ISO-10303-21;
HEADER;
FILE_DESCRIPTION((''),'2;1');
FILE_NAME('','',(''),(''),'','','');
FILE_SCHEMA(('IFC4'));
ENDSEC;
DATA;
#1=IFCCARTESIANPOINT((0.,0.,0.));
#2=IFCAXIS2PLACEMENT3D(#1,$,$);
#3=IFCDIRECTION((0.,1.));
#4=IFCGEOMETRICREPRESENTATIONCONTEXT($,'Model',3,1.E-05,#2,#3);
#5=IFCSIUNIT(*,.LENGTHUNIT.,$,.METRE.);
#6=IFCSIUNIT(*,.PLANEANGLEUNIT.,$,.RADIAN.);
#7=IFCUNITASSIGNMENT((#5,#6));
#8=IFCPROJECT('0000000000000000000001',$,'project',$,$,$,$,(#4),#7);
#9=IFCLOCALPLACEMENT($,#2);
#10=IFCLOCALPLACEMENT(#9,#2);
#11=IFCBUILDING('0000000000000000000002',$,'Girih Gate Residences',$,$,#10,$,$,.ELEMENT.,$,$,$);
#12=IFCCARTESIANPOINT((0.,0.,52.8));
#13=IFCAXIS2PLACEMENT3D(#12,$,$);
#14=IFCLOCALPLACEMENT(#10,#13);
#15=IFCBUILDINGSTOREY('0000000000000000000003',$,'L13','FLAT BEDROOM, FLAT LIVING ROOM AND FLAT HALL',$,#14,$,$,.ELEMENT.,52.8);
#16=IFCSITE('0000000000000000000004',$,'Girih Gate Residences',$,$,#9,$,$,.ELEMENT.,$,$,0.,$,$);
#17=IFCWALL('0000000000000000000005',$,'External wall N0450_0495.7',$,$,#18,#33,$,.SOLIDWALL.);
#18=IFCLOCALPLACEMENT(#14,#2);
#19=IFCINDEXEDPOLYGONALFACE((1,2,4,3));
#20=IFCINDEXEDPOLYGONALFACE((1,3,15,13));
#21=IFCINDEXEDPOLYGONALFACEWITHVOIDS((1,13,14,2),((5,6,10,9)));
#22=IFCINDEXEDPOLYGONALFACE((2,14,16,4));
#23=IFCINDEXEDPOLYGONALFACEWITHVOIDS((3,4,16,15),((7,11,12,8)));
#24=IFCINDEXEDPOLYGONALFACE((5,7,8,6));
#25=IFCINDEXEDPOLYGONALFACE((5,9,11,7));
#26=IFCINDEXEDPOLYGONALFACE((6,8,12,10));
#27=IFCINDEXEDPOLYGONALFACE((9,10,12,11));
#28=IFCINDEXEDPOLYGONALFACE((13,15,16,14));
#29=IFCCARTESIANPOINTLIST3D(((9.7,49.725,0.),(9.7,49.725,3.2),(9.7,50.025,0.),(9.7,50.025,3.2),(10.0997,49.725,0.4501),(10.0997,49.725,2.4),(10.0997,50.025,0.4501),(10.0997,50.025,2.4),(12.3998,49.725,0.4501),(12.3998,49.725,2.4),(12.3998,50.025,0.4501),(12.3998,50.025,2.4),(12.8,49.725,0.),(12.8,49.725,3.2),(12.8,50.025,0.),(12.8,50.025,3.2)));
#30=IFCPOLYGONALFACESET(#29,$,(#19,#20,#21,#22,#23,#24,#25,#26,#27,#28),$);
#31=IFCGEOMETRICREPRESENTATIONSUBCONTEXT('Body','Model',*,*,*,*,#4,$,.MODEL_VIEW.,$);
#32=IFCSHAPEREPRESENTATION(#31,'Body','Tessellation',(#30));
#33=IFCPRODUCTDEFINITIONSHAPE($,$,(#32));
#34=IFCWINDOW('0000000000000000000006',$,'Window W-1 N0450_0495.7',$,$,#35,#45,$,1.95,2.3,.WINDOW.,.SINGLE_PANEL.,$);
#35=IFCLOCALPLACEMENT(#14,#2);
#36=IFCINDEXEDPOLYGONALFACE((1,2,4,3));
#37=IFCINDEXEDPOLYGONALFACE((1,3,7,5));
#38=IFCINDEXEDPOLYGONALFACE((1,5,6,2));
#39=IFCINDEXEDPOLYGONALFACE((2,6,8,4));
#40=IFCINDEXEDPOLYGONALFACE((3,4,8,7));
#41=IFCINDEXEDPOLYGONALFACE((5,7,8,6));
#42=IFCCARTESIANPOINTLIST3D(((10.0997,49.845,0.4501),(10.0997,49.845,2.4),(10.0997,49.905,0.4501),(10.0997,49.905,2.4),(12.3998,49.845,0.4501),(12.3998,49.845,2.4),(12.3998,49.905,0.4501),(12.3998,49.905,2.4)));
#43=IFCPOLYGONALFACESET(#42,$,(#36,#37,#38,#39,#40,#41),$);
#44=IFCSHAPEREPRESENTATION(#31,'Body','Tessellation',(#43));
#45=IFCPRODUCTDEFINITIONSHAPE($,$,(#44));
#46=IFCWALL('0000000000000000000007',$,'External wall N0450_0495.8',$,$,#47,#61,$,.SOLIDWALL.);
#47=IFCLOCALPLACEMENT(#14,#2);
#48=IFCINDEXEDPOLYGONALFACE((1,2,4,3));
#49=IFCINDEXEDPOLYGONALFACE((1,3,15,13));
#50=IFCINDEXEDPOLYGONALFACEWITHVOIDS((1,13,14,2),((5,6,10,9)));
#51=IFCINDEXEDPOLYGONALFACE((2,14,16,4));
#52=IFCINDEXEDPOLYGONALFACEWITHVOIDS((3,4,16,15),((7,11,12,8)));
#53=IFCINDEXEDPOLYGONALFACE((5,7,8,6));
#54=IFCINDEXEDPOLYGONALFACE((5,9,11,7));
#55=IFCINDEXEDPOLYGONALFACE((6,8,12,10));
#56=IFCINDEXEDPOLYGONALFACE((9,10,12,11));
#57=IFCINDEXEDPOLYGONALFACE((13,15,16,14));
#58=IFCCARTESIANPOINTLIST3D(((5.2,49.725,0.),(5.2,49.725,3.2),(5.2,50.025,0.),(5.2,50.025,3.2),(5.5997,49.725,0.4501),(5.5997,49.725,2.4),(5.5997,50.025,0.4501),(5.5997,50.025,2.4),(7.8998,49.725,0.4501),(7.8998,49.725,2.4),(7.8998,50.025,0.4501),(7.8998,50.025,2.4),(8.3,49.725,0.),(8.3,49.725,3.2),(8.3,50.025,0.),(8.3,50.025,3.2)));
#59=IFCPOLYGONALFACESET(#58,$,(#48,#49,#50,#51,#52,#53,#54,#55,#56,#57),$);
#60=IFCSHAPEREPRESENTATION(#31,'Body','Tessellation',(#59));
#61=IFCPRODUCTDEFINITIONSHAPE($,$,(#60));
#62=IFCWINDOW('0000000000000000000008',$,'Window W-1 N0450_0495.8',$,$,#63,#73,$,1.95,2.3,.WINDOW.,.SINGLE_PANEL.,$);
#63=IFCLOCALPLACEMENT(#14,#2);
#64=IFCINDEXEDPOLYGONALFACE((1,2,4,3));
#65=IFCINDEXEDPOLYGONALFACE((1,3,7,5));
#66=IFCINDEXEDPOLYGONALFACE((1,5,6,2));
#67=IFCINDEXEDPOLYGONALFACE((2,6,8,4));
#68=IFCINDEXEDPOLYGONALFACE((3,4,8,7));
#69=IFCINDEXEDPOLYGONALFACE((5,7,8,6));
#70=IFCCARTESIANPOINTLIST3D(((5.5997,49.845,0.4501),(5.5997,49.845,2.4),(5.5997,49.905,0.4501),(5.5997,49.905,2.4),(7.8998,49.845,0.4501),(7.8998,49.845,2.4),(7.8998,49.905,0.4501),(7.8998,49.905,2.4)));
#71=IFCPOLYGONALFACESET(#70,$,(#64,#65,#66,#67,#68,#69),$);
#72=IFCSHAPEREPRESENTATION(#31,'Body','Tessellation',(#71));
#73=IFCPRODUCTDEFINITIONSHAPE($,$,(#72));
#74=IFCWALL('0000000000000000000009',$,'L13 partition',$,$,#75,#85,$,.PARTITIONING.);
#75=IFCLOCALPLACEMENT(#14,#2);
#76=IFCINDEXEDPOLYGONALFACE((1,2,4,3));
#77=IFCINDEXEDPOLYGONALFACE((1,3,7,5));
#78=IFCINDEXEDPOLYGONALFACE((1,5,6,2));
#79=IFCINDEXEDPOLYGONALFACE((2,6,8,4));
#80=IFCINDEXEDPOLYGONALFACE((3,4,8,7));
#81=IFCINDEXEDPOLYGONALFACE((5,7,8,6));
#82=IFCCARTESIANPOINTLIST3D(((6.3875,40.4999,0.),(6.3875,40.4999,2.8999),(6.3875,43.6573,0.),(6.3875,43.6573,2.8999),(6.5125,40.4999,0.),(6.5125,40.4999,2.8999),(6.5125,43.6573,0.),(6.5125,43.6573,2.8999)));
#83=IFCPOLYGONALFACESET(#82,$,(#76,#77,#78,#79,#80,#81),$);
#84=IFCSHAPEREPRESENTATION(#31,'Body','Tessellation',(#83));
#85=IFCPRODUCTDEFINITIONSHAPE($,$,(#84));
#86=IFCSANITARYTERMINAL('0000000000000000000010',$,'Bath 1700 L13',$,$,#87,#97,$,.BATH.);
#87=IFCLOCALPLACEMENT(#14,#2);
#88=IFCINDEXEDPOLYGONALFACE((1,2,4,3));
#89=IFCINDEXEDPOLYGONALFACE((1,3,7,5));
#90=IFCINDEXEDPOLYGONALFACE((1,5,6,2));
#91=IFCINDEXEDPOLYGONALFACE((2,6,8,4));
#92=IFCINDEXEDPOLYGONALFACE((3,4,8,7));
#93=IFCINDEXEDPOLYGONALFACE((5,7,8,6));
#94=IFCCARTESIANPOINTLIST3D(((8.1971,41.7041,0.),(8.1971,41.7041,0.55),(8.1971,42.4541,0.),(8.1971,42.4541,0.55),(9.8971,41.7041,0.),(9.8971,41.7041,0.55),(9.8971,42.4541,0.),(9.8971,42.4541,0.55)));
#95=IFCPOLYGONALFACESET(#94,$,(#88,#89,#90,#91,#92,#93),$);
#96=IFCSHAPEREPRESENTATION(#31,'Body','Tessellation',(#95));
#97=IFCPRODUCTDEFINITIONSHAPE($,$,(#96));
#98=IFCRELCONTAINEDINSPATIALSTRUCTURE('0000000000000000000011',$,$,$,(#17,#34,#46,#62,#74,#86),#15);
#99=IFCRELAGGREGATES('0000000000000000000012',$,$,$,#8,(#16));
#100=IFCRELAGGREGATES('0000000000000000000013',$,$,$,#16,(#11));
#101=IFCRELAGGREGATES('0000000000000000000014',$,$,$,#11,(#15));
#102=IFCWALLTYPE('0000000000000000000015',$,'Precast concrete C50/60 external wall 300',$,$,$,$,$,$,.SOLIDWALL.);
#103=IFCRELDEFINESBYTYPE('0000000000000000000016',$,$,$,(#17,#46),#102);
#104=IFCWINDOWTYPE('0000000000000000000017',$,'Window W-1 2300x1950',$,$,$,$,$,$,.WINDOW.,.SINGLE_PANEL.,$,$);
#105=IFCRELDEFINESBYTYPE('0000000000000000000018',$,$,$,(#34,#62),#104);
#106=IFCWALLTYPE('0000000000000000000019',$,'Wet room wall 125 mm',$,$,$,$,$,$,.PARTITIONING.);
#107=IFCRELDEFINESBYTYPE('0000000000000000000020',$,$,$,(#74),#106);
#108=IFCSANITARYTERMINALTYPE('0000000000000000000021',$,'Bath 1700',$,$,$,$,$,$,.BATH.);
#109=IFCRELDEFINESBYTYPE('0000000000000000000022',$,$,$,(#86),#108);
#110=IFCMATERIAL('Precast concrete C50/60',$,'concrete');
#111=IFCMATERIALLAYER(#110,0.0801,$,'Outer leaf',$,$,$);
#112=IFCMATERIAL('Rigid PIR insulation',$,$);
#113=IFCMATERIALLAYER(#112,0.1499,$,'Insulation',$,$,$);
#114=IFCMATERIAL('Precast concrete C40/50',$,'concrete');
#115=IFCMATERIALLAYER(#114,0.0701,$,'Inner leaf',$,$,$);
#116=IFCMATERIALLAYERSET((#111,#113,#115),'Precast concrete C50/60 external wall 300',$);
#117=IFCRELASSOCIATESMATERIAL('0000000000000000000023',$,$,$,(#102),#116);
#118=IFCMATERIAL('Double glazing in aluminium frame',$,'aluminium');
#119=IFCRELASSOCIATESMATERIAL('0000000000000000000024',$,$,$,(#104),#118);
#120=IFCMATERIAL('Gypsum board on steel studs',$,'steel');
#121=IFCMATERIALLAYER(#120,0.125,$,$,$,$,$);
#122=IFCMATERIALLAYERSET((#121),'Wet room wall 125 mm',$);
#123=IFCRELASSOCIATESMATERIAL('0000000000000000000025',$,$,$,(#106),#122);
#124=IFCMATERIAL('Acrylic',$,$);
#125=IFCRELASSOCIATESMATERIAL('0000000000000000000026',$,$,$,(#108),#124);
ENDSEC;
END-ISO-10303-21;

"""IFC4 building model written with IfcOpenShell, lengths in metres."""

from ifc_helpers import new_model, si_unit, direction, frame, frame_2d, origin, origin_2d, place, context, subcontext, project, spatial, rectangle, extrude, material, layer, layer_set, type_object, element, fill, save


model = new_model("IFC4")

# Units and contexts
model_context = context("Model", 3, precision=1e-05, world=origin(), true_north=direction((0.0, 1.0)))
body_context = subcontext(model_context, "Body", "Model", "MODEL_VIEW")
ifc_project = project(units=[si_unit("LENGTHUNIT", "METRE"), si_unit("PLANEANGLEUNIT", "RADIAN")], contexts=[model_context])

# Site, building, storey
site_placement = place(None, origin())
site = spatial("IfcSite", under=ifc_project, at=site_placement, Name="Girih Gate Residences", CompositionType="ELEMENT", RefElevation=0.0)
building_placement = place(site_placement, origin())
building = spatial("IfcBuilding", under=site, at=building_placement, Name="Girih Gate Residences", CompositionType="ELEMENT")
storey_placement = place(building_placement, frame((0.0, 0.0, 52.8)))
storey = spatial("IfcBuildingStorey", under=building, at=storey_placement, Name="L13", Description="FLAT BEDROOM, FLAT LIVING ROOM AND FLAT HALL", CompositionType="ELEMENT", Elevation=52.8)

# Shared definitions
ifc_material_1 = material(Name="Gypsum board on steel studs", Category="steel")

# Walls, openings, windows
ifc_material_2 = material(Name="Precast concrete C50/60", Category="concrete")
ifc_layer_1 = layer(ifc_material_2, 0.0801, Name="Outer leaf")
ifc_material_3 = material(Name="Rigid PIR insulation")
ifc_layer_2 = layer(ifc_material_3, 0.1499, Name="Insulation")
ifc_material_4 = material(Name="Precast concrete C40/50", Category="concrete")
ifc_layer_3 = layer(ifc_material_4, 0.0701, Name="Inner leaf")
ifc_layer_set_1 = layer_set([ifc_layer_1, ifc_layer_2, ifc_layer_3], Name="Precast concrete C50/60 external wall 300")
wall_type_1 = type_object("IfcWallType", Name="Precast concrete C50/60 external wall 300", PredefinedType="SOLIDWALL", material=ifc_layer_set_1)
wall_1_placement = place(storey_placement, frame((9.7, 49.875, 0.0), z_axis=(0.0, 0.0, 1.0), x_axis=(1.0, 0.0, 0.0)))
wall_1 = element("IfcWall", 1, at=wall_1_placement, inside=storey, type_object=wall_type_1, Name="External wall N0450_0495.7", PredefinedType="SOLIDWALL", context=body_context, shape_type="SweptSolid", body=[
    extrude(rectangle(XDim=3.1001, YDim=0.3, at=frame_2d((1.55, 0.0))), origin(), (0.0, 0.0, 1.0), 3.2),
])
opening_1_placement = place(wall_1_placement, frame((0.3999, 0.0, 0.45)))
opening_1 = element("IfcOpeningElement", 2, at=opening_1_placement, cuts=wall_1, PredefinedType="OPENING", context=body_context, shape_type="SweptSolid", body=[
    extrude(rectangle(XDim=2.3, YDim=1.95, at=frame_2d((1.1499, 0.9751))), frame((0.0, 0.1599, 0.0), z_axis=(0.0, -1.0, 0.0), x_axis=(1.0, 0.0, 0.0)), (0.0, 0.0, 1.0), 0.3201),
])
ifc_material_5 = material(Name="Double glazing in aluminium frame", Category="aluminium")
window_type = type_object("IfcWindowType", Name="Window W-1 2300x1950", PartitioningType="SINGLE_PANEL", PredefinedType="WINDOW", material=ifc_material_5)
window_1_placement = place(opening_1_placement, origin())
window_1 = element("IfcWindow", 3, at=window_1_placement, inside=storey, type_object=window_type, Name="Window W-1 N0450_0495.7", OverallHeight=1.95, OverallWidth=2.3, PartitioningType="SINGLE_PANEL", PredefinedType="WINDOW", context=body_context, shape_type="SweptSolid", body=[
    extrude(rectangle(XDim=2.3, YDim=1.95, at=frame_2d((1.1499, 0.9751))), frame((0.0, 0.03, 0.0), z_axis=(0.0, -1.0, 0.0), x_axis=(1.0, 0.0, 0.0)), (0.0, 0.0, 1.0), 0.0601),
])
fill(opening_1, window_1)
wall_2_placement = place(storey_placement, frame((5.2, 49.875, 0.0), z_axis=(0.0, 0.0, 1.0), x_axis=(1.0, 0.0, 0.0)))
wall_2 = element("IfcWall", 4, at=wall_2_placement, inside=storey, type_object=wall_type_1, Name="External wall N0450_0495.8", PredefinedType="SOLIDWALL", context=body_context, shape_type="SweptSolid", body=[
    extrude(rectangle(XDim=3.1001, YDim=0.3, at=frame_2d((1.55, 0.0))), origin(), (0.0, 0.0, 1.0), 3.2),
])
opening_2_placement = place(wall_2_placement, frame((0.3999, 0.0, 0.45)))
opening_2 = element("IfcOpeningElement", 5, at=opening_2_placement, cuts=wall_2, PredefinedType="OPENING", context=body_context, shape_type="SweptSolid", body=[
    extrude(rectangle(XDim=2.3, YDim=1.95, at=frame_2d((1.1499, 0.9751))), frame((0.0, 0.1599, 0.0), z_axis=(0.0, -1.0, 0.0), x_axis=(1.0, 0.0, 0.0)), (0.0, 0.0, 1.0), 0.3201),
])
window_2_placement = place(opening_2_placement, origin())
window_2 = element("IfcWindow", 6, at=window_2_placement, inside=storey, type_object=window_type, Name="Window W-1 N0450_0495.8", OverallHeight=1.95, OverallWidth=2.3, PartitioningType="SINGLE_PANEL", PredefinedType="WINDOW", context=body_context, shape_type="SweptSolid", body=[
    extrude(rectangle(XDim=2.3, YDim=1.95, at=frame_2d((1.1499, 0.9751))), frame((0.0, 0.03, 0.0), z_axis=(0.0, -1.0, 0.0), x_axis=(1.0, 0.0, 0.0)), (0.0, 0.0, 1.0), 0.0601),
])
fill(opening_2, window_2)

# Wall
ifc_layer_4 = layer(ifc_material_1, 0.125)
ifc_layer_set_2 = layer_set([ifc_layer_4], Name="Wet room wall 125 mm")
wall_type_2 = type_object("IfcWallType", Name="Wet room wall 125 mm", PredefinedType="PARTITIONING", material=ifc_layer_set_2)
wall_3_placement = place(storey_placement, frame((6.45, 40.5, 0.0), z_axis=(0.0, 0.0, 1.0), x_axis=(0.0, 1.0, 0.0)))
element("IfcWall", 7, at=wall_3_placement, inside=storey, type_object=wall_type_2, Name="L13 partition", PredefinedType="PARTITIONING", context=body_context, shape_type="SweptSolid", body=[
    extrude(rectangle(XDim=3.1575, YDim=0.125, at=frame_2d((1.5786, 0.0))), origin(), (0.0, 0.0, 1.0), 2.8999),
])

# Sanitary terminal
ifc_material_6 = material(Name="Acrylic")
sanitary_terminal_type = type_object("IfcSanitaryTerminalType", Name="Bath 1700", PredefinedType="BATH", material=ifc_material_6)
sanitary_terminal_placement = place(storey_placement, frame((9.0471, 42.0791, 0.0), z_axis=(0.0, 0.0, 1.0), x_axis=(1.0, 0.0, 0.0)))
element("IfcSanitaryTerminal", 8, at=sanitary_terminal_placement, inside=storey, type_object=sanitary_terminal_type, Name="Bath 1700 L13", PredefinedType="BATH", context=body_context, shape_type="SweptSolid", body=[
    extrude(rectangle(XDim=1.7, YDim=0.75, at=origin_2d()), origin(), (0.0, 0.0, 1.0), 0.55),
])

save(model, "model.ifc")
